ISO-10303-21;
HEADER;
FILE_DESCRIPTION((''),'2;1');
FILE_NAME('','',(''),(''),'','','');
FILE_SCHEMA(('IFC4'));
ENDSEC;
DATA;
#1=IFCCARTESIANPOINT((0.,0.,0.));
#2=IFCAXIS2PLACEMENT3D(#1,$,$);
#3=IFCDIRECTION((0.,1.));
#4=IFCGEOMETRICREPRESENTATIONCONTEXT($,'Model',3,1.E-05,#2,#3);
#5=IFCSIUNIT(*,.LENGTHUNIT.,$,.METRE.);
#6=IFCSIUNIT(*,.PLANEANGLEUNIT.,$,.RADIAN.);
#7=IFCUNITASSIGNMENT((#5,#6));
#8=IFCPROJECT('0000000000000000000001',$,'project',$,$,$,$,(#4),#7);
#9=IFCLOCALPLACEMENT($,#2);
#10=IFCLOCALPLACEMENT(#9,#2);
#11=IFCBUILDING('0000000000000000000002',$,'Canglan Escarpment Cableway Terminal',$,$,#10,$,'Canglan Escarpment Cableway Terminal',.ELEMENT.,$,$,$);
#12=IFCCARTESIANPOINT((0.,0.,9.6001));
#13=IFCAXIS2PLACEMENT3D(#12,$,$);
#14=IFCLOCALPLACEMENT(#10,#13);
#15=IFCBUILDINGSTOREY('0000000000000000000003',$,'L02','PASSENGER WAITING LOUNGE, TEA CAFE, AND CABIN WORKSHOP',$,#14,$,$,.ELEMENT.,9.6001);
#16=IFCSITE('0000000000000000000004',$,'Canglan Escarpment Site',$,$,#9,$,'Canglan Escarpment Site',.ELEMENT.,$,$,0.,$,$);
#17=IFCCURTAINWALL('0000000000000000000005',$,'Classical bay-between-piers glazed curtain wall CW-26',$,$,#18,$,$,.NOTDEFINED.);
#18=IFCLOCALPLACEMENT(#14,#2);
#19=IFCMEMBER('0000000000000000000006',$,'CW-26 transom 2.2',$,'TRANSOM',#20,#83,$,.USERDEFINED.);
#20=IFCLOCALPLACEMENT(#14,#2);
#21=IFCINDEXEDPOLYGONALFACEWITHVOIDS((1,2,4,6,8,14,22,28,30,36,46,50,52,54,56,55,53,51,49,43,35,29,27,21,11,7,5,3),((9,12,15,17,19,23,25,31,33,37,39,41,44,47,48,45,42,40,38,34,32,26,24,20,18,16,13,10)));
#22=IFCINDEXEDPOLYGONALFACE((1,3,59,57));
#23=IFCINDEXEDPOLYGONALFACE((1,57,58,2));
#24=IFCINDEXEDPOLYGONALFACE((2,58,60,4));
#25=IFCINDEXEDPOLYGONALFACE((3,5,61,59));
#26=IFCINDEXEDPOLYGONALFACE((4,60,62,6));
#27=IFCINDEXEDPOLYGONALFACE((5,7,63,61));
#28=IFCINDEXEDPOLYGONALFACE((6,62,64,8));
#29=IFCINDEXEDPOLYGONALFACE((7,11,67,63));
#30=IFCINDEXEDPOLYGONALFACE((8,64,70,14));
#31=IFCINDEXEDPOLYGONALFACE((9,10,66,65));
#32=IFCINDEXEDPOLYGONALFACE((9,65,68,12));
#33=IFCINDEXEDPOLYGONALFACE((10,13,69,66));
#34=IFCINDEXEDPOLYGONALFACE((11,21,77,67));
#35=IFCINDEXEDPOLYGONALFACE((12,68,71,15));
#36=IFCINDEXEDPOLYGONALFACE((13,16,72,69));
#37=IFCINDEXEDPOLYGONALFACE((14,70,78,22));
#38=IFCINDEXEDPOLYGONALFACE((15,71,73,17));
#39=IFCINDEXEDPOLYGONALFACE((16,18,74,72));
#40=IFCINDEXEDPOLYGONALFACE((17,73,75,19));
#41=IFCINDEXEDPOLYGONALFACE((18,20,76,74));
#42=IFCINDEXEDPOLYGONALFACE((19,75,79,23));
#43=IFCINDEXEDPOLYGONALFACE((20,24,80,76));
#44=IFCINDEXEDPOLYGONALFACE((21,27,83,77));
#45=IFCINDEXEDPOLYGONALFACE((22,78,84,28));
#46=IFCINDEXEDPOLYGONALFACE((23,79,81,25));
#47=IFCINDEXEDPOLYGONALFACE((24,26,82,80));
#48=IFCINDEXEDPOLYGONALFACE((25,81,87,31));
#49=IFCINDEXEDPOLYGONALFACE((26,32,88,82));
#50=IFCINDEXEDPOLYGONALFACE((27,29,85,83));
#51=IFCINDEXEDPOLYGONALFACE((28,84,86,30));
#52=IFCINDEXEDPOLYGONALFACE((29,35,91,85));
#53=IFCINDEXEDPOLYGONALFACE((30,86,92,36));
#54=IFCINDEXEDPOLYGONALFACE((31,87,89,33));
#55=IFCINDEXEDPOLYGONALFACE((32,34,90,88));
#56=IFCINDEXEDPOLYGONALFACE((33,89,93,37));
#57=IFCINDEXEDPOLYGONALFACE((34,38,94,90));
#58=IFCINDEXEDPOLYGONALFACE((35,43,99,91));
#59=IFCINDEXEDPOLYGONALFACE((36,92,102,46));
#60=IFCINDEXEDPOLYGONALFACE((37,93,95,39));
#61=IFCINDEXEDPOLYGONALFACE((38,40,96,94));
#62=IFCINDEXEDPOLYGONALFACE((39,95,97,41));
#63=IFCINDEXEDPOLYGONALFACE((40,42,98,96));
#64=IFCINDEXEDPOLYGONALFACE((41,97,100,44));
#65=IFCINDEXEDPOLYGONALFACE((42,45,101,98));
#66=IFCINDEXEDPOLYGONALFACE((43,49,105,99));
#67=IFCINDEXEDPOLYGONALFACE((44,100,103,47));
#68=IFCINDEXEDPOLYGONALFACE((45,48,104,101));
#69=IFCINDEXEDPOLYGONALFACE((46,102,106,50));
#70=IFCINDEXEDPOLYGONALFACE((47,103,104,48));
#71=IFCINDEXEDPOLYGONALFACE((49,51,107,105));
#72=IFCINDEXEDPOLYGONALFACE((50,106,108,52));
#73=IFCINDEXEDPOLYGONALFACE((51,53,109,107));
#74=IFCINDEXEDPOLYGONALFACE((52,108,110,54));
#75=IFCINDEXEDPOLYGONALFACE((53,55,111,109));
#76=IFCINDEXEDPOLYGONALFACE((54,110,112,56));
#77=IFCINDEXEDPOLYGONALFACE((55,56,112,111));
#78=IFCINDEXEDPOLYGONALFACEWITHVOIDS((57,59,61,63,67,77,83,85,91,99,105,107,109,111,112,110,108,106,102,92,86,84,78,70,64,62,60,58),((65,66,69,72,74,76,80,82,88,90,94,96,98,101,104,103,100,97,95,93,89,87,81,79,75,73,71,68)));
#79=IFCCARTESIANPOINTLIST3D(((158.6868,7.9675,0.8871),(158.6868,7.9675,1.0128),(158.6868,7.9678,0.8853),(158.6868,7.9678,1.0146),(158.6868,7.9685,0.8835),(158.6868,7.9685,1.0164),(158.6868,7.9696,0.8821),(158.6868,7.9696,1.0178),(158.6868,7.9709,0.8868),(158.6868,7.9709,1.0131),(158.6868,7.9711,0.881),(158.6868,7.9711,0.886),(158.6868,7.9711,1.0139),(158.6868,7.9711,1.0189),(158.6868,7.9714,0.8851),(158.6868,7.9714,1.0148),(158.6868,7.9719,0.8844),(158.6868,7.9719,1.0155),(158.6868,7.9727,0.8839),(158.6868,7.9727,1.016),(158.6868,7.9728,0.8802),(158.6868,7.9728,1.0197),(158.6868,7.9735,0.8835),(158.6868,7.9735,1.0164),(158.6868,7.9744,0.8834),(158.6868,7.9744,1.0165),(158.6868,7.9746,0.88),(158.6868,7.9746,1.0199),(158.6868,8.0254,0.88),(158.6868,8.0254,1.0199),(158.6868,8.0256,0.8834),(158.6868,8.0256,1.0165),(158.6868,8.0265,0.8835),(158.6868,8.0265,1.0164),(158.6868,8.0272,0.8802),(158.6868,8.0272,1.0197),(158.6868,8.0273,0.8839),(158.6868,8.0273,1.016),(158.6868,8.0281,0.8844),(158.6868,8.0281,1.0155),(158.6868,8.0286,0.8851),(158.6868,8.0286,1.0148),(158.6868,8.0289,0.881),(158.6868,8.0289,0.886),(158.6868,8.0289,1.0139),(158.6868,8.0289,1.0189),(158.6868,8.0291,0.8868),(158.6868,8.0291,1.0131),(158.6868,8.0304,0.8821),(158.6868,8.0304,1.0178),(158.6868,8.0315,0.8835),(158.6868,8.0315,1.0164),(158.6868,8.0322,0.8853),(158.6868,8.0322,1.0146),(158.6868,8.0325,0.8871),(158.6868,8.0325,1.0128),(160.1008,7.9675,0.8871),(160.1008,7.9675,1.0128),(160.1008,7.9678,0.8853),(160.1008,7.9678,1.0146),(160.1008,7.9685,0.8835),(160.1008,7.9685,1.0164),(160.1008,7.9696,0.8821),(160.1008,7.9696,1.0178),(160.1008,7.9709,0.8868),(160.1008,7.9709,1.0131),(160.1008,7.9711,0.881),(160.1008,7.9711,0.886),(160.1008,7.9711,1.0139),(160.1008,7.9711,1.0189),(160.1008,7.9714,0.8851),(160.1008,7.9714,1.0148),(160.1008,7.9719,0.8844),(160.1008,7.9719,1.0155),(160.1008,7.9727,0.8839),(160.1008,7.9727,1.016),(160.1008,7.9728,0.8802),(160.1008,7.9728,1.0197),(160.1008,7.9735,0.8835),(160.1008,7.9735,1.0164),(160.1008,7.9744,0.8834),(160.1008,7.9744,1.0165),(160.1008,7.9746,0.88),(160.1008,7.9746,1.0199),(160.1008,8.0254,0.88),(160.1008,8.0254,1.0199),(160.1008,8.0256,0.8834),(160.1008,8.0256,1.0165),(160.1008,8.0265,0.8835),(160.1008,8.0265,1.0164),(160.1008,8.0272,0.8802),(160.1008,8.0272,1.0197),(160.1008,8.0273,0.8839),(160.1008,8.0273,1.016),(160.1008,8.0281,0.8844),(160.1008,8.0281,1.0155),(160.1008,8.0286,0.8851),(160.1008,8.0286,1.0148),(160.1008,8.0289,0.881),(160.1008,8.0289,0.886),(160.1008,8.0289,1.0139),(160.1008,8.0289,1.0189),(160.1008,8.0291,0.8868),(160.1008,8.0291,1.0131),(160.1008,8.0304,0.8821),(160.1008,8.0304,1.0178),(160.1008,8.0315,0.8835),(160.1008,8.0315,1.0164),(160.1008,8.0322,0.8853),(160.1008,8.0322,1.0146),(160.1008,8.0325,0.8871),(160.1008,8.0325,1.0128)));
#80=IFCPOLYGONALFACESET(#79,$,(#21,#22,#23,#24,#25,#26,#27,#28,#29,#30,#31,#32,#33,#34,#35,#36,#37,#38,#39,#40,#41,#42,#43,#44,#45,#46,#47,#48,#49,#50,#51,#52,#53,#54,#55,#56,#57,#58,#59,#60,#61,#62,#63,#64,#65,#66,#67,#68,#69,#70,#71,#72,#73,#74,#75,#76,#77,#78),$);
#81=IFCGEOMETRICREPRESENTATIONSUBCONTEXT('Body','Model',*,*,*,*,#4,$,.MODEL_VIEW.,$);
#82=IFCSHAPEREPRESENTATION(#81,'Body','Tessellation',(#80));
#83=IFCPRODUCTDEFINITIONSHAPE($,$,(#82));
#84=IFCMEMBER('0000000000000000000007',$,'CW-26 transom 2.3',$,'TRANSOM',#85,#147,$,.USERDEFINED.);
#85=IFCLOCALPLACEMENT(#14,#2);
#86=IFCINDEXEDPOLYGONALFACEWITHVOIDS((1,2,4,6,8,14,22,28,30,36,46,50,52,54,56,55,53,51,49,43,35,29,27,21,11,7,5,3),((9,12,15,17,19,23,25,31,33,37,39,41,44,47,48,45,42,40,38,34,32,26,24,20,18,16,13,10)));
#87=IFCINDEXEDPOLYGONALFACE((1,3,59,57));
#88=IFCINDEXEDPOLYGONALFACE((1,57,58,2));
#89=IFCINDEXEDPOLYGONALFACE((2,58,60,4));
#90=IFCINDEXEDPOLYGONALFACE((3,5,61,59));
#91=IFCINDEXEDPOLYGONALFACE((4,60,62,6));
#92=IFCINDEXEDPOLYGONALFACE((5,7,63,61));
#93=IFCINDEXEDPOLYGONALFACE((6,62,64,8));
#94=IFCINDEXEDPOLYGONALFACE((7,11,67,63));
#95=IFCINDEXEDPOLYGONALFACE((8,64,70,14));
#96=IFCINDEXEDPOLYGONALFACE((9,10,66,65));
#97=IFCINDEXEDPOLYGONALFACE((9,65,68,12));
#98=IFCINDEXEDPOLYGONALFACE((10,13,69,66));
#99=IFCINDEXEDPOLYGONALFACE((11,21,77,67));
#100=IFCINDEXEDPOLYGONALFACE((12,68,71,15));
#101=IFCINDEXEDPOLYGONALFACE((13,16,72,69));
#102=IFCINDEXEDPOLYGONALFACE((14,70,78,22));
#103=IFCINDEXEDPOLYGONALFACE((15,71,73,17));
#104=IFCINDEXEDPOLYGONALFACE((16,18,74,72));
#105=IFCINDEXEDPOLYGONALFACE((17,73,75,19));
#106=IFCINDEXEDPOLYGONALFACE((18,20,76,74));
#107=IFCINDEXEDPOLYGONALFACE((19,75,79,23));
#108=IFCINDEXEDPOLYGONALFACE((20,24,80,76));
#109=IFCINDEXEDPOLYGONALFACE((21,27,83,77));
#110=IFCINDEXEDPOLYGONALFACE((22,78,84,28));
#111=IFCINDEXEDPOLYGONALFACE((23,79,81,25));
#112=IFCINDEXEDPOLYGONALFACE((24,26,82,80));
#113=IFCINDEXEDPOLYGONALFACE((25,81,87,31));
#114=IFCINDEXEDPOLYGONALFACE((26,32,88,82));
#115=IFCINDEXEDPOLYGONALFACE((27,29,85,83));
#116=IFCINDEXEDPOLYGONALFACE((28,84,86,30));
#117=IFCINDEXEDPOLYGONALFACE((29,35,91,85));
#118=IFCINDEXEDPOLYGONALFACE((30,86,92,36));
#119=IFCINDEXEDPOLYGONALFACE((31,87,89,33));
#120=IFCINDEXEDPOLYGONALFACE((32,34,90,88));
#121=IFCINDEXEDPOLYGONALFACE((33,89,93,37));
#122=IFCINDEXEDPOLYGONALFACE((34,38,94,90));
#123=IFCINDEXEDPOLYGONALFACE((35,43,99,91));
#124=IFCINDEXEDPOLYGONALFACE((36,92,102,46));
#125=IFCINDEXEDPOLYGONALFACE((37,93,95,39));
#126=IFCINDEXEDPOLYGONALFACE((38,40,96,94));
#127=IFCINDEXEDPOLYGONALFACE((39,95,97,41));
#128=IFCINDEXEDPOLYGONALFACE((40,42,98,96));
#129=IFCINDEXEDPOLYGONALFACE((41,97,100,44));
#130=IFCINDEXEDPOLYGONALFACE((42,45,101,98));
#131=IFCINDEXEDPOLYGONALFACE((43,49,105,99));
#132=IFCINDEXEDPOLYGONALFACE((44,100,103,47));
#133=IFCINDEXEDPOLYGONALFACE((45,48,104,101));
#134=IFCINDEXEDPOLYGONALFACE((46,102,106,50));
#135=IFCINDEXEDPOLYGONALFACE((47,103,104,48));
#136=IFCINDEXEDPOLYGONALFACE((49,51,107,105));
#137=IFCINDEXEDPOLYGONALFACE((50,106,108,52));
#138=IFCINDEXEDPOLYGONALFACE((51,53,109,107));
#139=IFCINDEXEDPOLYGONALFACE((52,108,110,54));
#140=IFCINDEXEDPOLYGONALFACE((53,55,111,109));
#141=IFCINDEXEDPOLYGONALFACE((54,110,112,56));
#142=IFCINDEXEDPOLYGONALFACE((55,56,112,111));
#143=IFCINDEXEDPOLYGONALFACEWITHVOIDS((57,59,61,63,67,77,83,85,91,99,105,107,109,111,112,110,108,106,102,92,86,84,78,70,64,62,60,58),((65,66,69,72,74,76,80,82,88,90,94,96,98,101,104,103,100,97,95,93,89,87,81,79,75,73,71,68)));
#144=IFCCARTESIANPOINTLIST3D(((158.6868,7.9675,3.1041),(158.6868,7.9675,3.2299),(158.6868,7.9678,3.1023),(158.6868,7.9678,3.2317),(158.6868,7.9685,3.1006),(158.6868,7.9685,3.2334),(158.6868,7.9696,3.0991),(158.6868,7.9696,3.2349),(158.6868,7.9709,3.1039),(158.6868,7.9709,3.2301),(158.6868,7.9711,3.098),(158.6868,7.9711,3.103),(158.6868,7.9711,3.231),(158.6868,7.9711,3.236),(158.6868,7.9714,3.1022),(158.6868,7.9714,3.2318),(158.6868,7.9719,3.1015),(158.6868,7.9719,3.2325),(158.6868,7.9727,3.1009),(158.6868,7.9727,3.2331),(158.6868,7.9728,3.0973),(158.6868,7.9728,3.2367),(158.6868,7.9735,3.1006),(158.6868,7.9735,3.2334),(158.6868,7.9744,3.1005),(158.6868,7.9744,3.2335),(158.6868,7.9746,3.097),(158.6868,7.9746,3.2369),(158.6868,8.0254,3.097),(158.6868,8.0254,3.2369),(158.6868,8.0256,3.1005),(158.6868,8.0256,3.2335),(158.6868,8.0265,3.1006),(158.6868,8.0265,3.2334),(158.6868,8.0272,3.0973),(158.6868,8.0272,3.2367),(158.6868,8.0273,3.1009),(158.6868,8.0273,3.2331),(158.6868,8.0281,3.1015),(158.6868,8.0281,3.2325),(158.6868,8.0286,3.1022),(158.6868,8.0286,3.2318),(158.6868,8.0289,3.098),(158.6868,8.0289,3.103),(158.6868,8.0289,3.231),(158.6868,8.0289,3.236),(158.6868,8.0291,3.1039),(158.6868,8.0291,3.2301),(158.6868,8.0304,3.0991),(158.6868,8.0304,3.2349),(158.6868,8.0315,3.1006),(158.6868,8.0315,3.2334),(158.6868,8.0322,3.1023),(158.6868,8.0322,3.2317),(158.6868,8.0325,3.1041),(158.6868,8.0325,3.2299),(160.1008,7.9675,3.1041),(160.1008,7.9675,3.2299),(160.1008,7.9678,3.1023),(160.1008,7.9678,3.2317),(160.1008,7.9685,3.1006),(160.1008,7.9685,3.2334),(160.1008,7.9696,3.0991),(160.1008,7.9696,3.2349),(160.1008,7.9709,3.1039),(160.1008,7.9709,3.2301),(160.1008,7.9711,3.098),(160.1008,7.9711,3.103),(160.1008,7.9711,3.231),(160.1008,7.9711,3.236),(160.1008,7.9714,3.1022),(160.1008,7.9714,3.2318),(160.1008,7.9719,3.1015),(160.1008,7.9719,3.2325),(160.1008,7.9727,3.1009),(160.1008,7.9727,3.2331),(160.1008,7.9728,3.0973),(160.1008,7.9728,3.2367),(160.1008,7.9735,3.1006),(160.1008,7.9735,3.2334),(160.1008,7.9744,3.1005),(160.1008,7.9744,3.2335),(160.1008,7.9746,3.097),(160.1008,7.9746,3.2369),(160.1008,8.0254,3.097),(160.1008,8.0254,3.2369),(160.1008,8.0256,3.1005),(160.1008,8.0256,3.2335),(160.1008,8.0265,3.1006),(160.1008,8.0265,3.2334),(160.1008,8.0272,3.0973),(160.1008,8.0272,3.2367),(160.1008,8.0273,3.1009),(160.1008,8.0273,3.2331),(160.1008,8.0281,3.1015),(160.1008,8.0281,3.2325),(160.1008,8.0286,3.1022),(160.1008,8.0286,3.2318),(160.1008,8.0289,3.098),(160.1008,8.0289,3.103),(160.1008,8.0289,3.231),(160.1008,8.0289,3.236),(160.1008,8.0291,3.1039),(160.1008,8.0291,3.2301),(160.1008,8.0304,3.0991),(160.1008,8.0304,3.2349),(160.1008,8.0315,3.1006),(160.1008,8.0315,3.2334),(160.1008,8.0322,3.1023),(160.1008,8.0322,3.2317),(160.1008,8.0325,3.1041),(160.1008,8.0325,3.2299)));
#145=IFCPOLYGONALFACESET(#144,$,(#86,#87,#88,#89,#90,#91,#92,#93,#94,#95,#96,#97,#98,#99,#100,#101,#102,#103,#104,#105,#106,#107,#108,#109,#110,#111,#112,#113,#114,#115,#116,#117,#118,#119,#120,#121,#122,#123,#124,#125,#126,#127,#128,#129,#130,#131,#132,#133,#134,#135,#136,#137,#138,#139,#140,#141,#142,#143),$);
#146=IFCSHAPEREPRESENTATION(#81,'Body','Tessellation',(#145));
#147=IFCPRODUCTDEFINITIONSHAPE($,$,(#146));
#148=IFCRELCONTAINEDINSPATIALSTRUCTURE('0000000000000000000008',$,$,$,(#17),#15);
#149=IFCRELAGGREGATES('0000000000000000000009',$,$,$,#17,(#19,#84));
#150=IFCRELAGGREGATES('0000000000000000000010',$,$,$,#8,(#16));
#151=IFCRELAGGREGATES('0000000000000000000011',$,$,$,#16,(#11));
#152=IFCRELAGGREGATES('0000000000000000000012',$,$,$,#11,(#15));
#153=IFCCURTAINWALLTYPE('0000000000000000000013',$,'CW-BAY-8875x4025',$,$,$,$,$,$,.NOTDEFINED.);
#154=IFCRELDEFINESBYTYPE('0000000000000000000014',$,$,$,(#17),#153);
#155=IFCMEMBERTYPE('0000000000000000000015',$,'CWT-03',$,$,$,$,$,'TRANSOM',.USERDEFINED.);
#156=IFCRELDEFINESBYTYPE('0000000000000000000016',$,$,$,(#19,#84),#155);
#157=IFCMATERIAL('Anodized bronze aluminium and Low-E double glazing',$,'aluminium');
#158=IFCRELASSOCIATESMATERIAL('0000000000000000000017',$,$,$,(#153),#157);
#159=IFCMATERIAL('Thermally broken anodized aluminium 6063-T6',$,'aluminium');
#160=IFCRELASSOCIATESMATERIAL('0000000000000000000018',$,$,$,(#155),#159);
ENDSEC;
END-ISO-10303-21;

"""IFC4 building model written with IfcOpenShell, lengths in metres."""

from ifc_helpers import new_model, si_unit, direction, frame, origin, origin_2d, place, context, subcontext, project, spatial, hollow_rectangle, extrude, material, material_profile, profile_set, type_object, element, aggregate, save


model = new_model("IFC4")

# Units and contexts
model_context = context("Model", 3, precision=1e-05, world=origin(), true_north=direction((0.0, 1.0)))
body_context = subcontext(model_context, "Body", "Model", "MODEL_VIEW")
ifc_project = project(units=[si_unit("LENGTHUNIT", "METRE"), si_unit("PLANEANGLEUNIT", "RADIAN")], contexts=[model_context])

# Site, building, storey
site_placement = place(None, origin())
site = spatial("IfcSite", under=ifc_project, at=site_placement, Name="Canglan Escarpment Site", LongName="Canglan Escarpment Site", CompositionType="ELEMENT", RefElevation=0.0)
building_placement = place(site_placement, origin())
building = spatial("IfcBuilding", under=site, at=building_placement, Name="Canglan Escarpment Cableway Terminal", LongName="Canglan Escarpment Cableway Terminal", CompositionType="ELEMENT")
storey_placement = place(building_placement, frame((0.0, 0.0, 9.6001)))
storey = spatial("IfcBuildingStorey", under=building, at=storey_placement, Name="L02", Description="PASSENGER WAITING LOUNGE, TEA CAFE, AND CABIN WORKSHOP", CompositionType="ELEMENT", Elevation=9.6001)

# Curtain wall
ifc_material_1 = material(Name="Anodized bronze aluminium and Low-E double glazing", Category="aluminium")
curtain_wall_type = type_object("IfcCurtainWallType", Name="CW-BAY-8875x4025", PredefinedType="NOTDEFINED", material=ifc_material_1)
ifc_material_2 = material(Name="Thermally broken anodized aluminium 6063-T6", Category="aluminium")
curtain_wall_1_placement = place(storey_placement, origin())
curtain_wall_1 = element("IfcCurtainWall", 1, at=curtain_wall_1_placement, inside=storey, type_object=curtain_wall_type, Name="Classical bay-between-piers glazed curtain wall CW-26", PredefinedType="NOTDEFINED")

# Members
ifc_material_profile_1 = material_profile(ifc_material_2, hollow_rectangle(XDim=0.0649, YDim=0.1399, WallThickness=0.0034, InnerFilletRadius=0.0034, OuterFilletRadius=0.0071, at=origin_2d()), Name="ALU-TRAN 65x140x3.5")
ifc_profile_set_1 = profile_set([ifc_material_profile_1], Name="Thermally broken anodized aluminium 6063-T6")
member_type_1 = type_object("IfcMemberType", Name="CWT-03", ElementType="TRANSOM", PredefinedType="USERDEFINED", material=ifc_profile_set_1)
member_1_placement = place(storey_placement, frame((158.6868, 8.0, 0.95), z_axis=(1.0, 0.0, 0.0), x_axis=(0.0, 1.0, 0.0)))
member_1 = element("IfcMember", 2, at=member_1_placement, type_object=member_type_1, Name="CW-26 transom 2.2", ObjectType="TRANSOM", PredefinedType="USERDEFINED", context=body_context, shape_type="SweptSolid", body=[
    extrude(hollow_rectangle(XDim=0.0649, YDim=0.1399, WallThickness=0.0034, InnerFilletRadius=0.0034, OuterFilletRadius=0.0071, at=origin_2d()), origin(), (0.0, 0.0, 1.0), 1.4141),
])
member_2_placement = place(storey_placement, frame((158.6868, 8.0, 3.167), z_axis=(1.0, 0.0, 0.0), x_axis=(0.0, 1.0, 0.0)))
member_2 = element("IfcMember", 3, at=member_2_placement, type_object=member_type_1, Name="CW-26 transom 2.3", ObjectType="TRANSOM", PredefinedType="USERDEFINED", context=body_context, shape_type="SweptSolid", body=[
    extrude(hollow_rectangle(XDim=0.0649, YDim=0.1399, WallThickness=0.0034, InnerFilletRadius=0.0034, OuterFilletRadius=0.0071, at=origin_2d()), origin(), (0.0, 0.0, 1.0), 1.4141),
])

aggregate(curtain_wall_1, [member_1, member_2])

save(model, "model.ifc")
